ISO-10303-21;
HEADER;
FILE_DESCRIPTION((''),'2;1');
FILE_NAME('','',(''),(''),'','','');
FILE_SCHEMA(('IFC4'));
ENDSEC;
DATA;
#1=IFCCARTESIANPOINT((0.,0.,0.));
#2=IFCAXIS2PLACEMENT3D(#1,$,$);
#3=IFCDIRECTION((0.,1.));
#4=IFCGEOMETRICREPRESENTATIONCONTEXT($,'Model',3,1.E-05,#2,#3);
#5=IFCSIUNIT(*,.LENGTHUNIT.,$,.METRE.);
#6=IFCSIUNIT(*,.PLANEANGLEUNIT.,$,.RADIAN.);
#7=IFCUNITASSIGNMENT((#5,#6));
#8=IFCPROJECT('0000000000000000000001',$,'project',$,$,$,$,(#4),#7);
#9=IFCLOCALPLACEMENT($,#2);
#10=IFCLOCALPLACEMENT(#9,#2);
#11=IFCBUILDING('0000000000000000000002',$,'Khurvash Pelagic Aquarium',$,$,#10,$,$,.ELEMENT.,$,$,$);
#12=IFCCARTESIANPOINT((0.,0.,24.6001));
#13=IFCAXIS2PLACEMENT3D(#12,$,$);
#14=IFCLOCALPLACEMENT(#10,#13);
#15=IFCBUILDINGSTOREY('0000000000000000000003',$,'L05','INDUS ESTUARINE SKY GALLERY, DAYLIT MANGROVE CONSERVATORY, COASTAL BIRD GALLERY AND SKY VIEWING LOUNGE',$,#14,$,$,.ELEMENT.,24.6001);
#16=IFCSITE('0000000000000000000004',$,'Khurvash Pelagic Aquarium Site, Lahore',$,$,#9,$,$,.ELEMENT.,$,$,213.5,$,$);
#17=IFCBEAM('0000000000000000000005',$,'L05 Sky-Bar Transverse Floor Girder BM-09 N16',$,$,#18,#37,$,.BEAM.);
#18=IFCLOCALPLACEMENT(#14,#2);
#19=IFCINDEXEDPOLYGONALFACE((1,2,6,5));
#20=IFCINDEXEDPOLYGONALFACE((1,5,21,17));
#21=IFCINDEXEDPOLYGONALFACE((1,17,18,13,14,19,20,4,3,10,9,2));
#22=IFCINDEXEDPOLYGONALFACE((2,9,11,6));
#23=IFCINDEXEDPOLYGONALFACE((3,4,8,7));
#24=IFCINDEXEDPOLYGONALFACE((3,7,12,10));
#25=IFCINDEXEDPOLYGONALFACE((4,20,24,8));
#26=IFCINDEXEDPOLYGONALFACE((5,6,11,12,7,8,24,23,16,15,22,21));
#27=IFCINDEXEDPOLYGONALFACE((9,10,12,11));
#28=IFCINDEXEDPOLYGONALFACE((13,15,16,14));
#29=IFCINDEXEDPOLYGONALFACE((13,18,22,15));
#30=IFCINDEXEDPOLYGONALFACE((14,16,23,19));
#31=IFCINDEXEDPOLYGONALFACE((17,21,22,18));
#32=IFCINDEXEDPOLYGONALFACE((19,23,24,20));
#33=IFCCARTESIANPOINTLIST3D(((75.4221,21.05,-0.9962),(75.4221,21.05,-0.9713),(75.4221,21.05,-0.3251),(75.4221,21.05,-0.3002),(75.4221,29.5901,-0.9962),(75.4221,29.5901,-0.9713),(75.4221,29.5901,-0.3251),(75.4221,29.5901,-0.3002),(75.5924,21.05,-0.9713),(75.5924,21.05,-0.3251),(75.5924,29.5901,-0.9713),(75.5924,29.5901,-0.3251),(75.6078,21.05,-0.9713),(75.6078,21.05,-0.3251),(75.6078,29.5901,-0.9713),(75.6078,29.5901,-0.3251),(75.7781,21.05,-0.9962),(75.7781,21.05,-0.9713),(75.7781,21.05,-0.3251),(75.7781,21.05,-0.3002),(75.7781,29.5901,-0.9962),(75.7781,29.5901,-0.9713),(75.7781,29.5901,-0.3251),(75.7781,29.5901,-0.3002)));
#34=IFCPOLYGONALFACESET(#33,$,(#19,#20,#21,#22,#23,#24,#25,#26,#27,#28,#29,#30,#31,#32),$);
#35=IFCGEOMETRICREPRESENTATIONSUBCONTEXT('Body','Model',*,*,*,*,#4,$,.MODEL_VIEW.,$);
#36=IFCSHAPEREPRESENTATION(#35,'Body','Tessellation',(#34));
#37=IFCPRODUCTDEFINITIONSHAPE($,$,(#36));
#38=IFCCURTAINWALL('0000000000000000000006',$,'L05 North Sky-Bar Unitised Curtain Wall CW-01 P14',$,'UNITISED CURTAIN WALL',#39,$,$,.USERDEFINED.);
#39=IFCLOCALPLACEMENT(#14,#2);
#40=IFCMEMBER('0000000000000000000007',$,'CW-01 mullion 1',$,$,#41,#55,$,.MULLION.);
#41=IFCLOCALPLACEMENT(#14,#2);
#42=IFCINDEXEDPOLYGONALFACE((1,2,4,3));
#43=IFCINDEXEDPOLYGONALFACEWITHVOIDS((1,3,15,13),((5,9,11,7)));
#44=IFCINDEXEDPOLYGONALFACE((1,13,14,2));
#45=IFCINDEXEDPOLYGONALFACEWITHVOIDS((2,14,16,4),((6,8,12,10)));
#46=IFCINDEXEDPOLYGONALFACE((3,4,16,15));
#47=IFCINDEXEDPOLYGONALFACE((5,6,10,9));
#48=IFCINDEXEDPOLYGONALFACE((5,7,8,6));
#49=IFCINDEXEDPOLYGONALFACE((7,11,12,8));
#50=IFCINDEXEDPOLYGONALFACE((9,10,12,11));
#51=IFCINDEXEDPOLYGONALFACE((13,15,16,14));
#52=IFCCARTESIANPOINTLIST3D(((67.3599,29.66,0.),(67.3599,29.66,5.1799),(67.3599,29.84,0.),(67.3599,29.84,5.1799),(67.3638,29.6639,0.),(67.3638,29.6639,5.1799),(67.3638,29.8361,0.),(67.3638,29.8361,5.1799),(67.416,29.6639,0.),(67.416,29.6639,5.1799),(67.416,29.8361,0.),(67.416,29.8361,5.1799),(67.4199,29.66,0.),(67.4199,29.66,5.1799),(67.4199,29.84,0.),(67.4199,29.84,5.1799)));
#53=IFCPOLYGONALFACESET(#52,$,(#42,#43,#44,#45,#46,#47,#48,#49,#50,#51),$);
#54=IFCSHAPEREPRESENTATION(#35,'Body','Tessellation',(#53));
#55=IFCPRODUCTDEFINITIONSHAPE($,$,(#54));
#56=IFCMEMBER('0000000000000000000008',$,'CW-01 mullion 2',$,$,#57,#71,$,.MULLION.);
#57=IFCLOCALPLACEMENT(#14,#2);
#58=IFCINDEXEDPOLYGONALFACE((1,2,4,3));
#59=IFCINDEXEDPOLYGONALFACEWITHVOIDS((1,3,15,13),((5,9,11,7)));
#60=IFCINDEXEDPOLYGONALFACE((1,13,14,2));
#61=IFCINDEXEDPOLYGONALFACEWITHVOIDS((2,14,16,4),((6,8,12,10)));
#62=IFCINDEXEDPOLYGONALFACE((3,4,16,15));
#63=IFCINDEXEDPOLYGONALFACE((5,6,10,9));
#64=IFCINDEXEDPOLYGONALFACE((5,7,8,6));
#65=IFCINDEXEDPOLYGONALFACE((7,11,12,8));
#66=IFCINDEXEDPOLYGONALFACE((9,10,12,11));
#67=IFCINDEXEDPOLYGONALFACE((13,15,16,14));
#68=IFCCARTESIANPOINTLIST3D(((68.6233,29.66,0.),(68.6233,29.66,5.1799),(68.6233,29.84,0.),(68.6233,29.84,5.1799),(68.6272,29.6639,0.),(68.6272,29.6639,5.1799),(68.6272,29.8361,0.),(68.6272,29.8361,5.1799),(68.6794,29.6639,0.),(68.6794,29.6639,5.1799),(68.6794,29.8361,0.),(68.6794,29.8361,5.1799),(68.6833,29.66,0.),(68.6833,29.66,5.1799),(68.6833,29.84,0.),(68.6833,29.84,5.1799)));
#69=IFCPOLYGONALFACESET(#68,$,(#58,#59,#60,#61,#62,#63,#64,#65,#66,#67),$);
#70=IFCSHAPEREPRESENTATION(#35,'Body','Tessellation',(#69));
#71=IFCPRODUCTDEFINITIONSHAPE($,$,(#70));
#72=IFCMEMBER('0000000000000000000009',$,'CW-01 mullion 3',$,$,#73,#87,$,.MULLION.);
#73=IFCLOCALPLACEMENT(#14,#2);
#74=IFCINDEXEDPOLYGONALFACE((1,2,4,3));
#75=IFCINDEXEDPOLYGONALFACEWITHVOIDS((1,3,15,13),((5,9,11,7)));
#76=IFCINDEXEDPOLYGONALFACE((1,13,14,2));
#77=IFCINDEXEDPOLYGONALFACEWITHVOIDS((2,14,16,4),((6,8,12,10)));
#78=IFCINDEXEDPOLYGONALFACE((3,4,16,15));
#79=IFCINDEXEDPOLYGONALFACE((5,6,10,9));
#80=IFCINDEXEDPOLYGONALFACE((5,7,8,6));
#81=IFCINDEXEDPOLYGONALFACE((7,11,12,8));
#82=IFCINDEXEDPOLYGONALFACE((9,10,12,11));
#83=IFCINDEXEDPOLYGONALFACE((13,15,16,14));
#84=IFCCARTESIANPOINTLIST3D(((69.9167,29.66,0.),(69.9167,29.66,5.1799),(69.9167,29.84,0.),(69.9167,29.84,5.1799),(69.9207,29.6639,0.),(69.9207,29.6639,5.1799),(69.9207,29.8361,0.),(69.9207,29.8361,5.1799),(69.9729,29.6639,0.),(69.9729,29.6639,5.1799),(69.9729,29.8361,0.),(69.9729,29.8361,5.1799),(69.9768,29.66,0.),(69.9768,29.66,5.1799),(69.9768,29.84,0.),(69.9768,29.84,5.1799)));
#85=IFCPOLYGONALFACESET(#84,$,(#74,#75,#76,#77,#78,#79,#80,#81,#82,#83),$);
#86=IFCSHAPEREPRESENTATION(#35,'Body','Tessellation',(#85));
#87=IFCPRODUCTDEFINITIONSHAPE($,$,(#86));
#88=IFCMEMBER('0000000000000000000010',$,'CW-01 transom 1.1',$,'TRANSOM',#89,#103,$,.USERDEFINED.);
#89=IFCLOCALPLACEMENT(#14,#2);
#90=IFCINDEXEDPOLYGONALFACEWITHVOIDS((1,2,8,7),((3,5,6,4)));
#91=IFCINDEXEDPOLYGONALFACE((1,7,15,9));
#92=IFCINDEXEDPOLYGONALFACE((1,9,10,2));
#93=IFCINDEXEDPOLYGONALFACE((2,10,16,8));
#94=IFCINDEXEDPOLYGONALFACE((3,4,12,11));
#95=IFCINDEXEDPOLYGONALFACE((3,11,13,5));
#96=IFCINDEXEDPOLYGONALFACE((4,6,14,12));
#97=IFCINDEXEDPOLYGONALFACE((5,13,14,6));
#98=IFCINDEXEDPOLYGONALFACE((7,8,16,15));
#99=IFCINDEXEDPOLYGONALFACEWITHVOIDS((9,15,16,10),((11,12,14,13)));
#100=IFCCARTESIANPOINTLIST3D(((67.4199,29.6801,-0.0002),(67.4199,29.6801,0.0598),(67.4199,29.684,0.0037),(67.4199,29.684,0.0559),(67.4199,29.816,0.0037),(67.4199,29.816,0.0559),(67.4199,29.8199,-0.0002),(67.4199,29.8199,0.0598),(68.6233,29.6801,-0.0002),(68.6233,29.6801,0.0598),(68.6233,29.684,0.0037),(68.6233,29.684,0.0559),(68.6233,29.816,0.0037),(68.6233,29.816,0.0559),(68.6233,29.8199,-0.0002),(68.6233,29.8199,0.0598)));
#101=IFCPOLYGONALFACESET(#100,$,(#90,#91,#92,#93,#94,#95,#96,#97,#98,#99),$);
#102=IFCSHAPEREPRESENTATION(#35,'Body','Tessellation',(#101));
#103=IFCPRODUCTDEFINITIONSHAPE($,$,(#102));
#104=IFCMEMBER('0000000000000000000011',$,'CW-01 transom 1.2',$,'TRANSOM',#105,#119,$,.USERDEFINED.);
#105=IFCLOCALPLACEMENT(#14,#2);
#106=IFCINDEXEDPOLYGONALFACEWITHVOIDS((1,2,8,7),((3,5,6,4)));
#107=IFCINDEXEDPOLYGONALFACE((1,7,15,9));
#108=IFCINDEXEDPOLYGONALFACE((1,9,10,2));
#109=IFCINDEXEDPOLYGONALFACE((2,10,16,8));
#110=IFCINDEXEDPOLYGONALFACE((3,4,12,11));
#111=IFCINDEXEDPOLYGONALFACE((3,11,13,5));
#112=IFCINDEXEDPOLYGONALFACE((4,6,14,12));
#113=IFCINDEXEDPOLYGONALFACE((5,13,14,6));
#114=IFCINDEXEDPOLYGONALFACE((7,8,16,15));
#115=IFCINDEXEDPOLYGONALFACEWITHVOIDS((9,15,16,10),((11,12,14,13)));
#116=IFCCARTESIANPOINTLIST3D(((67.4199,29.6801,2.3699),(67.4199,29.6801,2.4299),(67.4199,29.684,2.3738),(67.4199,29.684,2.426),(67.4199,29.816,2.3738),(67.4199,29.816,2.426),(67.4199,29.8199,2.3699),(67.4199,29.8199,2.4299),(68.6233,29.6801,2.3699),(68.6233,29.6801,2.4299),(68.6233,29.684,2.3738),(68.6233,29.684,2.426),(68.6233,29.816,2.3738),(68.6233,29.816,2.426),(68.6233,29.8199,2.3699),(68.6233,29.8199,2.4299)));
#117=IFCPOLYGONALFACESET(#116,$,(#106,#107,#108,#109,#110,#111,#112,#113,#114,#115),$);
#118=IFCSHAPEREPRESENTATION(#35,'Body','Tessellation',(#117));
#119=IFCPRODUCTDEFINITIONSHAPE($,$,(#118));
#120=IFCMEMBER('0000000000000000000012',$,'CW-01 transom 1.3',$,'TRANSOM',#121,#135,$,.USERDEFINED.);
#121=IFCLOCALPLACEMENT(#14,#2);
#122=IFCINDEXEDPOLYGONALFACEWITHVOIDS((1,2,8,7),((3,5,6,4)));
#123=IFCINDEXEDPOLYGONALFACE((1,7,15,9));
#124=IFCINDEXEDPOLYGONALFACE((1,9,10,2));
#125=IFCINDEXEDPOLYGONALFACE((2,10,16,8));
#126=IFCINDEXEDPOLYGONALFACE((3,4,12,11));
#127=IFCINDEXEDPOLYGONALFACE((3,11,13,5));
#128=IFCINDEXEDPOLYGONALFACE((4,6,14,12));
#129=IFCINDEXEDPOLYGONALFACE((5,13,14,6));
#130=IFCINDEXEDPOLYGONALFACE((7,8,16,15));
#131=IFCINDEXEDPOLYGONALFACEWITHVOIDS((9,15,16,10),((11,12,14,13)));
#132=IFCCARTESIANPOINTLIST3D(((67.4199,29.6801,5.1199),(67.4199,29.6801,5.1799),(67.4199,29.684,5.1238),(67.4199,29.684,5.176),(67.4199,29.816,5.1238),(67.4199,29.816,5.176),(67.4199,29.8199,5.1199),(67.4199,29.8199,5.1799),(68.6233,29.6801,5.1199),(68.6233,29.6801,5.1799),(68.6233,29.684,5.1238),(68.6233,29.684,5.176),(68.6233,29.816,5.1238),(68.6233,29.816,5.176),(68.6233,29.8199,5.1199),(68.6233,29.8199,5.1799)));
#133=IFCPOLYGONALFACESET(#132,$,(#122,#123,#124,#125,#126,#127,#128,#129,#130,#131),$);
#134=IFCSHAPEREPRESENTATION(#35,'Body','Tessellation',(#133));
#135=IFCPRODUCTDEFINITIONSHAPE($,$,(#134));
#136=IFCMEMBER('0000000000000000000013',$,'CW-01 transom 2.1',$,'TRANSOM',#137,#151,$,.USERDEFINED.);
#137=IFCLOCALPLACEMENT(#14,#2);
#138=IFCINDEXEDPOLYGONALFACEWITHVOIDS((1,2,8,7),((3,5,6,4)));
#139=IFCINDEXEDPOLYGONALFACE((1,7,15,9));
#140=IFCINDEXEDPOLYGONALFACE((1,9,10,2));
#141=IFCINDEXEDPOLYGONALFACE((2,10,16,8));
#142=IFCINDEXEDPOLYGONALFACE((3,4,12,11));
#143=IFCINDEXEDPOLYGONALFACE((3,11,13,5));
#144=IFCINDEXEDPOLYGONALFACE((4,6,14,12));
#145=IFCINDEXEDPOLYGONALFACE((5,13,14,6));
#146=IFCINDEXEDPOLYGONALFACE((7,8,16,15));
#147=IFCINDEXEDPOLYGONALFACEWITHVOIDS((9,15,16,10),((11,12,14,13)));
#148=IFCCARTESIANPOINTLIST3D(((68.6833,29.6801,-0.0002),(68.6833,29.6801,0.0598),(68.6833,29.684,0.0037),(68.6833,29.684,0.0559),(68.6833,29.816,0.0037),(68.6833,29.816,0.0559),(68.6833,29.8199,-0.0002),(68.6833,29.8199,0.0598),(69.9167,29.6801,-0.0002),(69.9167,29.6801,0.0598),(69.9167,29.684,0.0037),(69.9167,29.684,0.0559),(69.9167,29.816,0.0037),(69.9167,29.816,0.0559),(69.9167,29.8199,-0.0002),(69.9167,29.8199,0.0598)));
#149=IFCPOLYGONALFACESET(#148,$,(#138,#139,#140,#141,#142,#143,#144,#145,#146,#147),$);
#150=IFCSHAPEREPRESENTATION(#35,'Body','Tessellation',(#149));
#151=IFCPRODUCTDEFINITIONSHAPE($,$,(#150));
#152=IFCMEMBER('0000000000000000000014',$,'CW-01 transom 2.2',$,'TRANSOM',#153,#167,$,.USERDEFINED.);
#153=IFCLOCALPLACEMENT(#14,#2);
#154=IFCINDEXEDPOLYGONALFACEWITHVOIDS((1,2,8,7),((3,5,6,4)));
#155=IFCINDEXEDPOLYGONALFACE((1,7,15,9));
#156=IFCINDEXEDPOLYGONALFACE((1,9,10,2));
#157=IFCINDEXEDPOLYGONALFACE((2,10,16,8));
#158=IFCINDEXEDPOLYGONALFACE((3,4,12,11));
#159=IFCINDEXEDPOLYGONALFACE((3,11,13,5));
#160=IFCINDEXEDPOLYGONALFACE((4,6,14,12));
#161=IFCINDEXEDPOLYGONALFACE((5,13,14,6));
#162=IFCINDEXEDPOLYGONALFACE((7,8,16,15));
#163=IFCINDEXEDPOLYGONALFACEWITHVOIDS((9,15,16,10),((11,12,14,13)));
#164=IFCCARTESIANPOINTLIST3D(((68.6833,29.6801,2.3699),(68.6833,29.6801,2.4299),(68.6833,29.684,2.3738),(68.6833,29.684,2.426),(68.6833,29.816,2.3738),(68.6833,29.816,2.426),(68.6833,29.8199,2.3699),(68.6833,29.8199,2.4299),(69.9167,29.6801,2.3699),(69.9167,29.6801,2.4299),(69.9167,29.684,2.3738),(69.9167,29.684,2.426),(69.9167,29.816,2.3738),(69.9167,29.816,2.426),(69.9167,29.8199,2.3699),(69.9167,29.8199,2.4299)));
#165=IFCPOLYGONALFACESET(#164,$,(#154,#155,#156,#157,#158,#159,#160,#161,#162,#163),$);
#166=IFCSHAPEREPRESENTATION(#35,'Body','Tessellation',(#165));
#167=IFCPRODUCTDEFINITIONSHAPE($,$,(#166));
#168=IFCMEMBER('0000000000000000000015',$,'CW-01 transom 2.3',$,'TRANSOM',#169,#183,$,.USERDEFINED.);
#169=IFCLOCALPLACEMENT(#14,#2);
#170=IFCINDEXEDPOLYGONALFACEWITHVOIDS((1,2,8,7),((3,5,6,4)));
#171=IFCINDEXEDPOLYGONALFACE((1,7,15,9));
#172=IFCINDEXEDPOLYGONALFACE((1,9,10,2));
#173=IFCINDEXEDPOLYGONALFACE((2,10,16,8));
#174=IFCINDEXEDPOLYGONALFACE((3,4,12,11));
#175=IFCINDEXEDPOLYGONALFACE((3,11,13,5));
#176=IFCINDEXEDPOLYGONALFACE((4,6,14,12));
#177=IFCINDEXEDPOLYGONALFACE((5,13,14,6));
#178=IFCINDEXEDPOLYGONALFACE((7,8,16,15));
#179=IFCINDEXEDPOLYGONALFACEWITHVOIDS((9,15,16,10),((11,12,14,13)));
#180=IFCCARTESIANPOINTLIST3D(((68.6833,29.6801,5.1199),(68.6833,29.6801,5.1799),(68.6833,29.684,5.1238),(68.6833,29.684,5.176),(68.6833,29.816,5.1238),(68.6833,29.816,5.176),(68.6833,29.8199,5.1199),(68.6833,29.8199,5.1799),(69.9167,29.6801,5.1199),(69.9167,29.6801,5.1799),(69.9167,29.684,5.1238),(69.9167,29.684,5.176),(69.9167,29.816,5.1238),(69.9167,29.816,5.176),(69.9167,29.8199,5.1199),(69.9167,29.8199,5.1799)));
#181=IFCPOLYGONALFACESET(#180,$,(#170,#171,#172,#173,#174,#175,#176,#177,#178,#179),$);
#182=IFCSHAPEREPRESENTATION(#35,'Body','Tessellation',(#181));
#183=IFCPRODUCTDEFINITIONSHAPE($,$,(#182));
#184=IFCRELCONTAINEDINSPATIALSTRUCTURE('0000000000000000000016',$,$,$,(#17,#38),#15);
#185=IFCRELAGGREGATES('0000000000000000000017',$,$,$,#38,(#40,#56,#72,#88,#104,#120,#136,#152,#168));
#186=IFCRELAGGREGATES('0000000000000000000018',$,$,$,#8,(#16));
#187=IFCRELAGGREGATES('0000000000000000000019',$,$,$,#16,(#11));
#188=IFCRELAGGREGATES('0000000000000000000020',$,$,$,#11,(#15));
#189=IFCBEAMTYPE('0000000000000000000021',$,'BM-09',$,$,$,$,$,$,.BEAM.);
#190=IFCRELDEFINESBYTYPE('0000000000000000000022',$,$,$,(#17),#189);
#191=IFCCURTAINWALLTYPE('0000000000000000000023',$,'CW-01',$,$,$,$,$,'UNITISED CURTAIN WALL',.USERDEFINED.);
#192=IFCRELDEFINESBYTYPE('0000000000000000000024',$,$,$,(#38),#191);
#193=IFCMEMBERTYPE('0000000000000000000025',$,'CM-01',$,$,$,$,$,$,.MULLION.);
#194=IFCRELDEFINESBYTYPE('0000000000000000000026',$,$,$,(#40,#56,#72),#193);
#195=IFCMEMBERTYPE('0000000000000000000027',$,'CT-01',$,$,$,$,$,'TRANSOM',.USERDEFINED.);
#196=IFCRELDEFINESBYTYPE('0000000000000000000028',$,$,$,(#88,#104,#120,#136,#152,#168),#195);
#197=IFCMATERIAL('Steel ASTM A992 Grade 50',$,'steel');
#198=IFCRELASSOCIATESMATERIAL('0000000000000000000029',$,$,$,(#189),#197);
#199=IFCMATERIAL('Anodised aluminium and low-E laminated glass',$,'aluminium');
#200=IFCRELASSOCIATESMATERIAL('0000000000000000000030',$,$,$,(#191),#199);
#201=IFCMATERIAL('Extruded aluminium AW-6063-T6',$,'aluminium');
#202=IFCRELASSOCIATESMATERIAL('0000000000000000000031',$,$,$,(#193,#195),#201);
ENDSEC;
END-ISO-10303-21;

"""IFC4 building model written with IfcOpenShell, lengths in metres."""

from ifc_helpers import new_model, si_unit, direction, frame, origin, origin_2d, place, context, subcontext, project, spatial, hollow_rectangle, i_section, extrude, material, material_profile, profile_set, type_object, element, aggregate, save


model = new_model("IFC4")

# Units and contexts
model_context = context("Model", 3, precision=1e-05, world=origin(), true_north=direction((0.0, 1.0)))
body_context = subcontext(model_context, "Body", "Model", "MODEL_VIEW")
ifc_project = project(units=[si_unit("LENGTHUNIT", "METRE"), si_unit("PLANEANGLEUNIT", "RADIAN")], contexts=[model_context])

# Site, building, storey
site_placement = place(None, origin())
site = spatial("IfcSite", under=ifc_project, at=site_placement, Name="Khurvash Pelagic Aquarium Site, Lahore", CompositionType="ELEMENT", RefElevation=213.5)
building_placement = place(site_placement, origin())
building = spatial("IfcBuilding", under=site, at=building_placement, Name="Khurvash Pelagic Aquarium", CompositionType="ELEMENT")
storey_placement = place(building_placement, frame((0.0, 0.0, 24.6001)))
storey = spatial("IfcBuildingStorey", under=building, at=storey_placement, Name="L05", Description="INDUS ESTUARINE SKY GALLERY, DAYLIT MANGROVE CONSERVATORY, COASTAL BIRD GALLERY AND SKY VIEWING LOUNGE", CompositionType="ELEMENT", Elevation=24.6001)

# Beam
ifc_material_1 = material(Name="Steel ASTM A992 Grade 50", Category="steel")
ifc_material_profile_1 = material_profile(ifc_material_1, i_section(OverallWidth=0.356, OverallDepth=0.696, WebThickness=0.0154, FlangeThickness=0.0249, at=origin_2d()), Name="W27X146")
ifc_profile_set_1 = profile_set([ifc_material_profile_1], Name="Steel ASTM A992 Grade 50")
beam_type_1 = type_object("IfcBeamType", Name="BM-09", PredefinedType="BEAM", material=ifc_profile_set_1)
beam_placement = place(storey_placement, frame((75.6001, 21.05, -0.6482), z_axis=(0.0, 1.0, 0.0), x_axis=(-1.0, 0.0, 0.0)))
element("IfcBeam", 1, at=beam_placement, inside=storey, type_object=beam_type_1, Name="L05 Sky-Bar Transverse Floor Girder BM-09 N16", PredefinedType="BEAM", context=body_context, shape_type="SweptSolid", body=[
    extrude(i_section(OverallWidth=0.356, OverallDepth=0.696, WebThickness=0.0154, FlangeThickness=0.0249, at=origin_2d()), origin(), (0.0, 0.0, 1.0), 8.54),
])

# Curtain wall, members
ifc_material_2 = material(Name="Anodised aluminium and low-E laminated glass", Category="aluminium")
curtain_wall_type = type_object("IfcCurtainWallType", Name="CW-01", ElementType="UNITISED CURTAIN WALL", PredefinedType="USERDEFINED", material=ifc_material_2)
curtain_wall_placement = place(storey_placement, origin())
curtain_wall = element("IfcCurtainWall", 2, at=curtain_wall_placement, inside=storey, type_object=curtain_wall_type, Name="L05 North Sky-Bar Unitised Curtain Wall CW-01 P14", ObjectType="UNITISED CURTAIN WALL", PredefinedType="USERDEFINED")
ifc_material_3 = material(Name="Extruded aluminium AW-6063-T6", Category="aluminium")
ifc_material_profile_2 = material_profile(ifc_material_3, hollow_rectangle(XDim=0.0601, YDim=0.1799, WallThickness=0.0039, at=origin_2d()), Name="CWM60X180X4")
ifc_profile_set_2 = profile_set([ifc_material_profile_2], Name="Extruded aluminium AW-6063-T6")
member_type_1 = type_object("IfcMemberType", Name="CM-01", PredefinedType="MULLION", material=ifc_profile_set_2)
member_1_placement = place(storey_placement, frame((67.3899, 29.75, 0.0), z_axis=(0.0, 0.0, 1.0), x_axis=(1.0, 0.0, 0.0)))
member_1 = element("IfcMember", 3, at=member_1_placement, type_object=member_type_1, Name="CW-01 mullion 1", PredefinedType="MULLION", context=body_context, shape_type="SweptSolid", body=[
    extrude(hollow_rectangle(XDim=0.0601, YDim=0.1799, WallThickness=0.0039, at=origin_2d()), origin(), (0.0, 0.0, 1.0), 5.1799),
])
member_2_placement = place(storey_placement, frame((68.6533, 29.75, 0.0), z_axis=(0.0, 0.0, 1.0), x_axis=(1.0, 0.0, 0.0)))
member_2 = element("IfcMember", 4, at=member_2_placement, type_object=member_type_1, Name="CW-01 mullion 2", PredefinedType="MULLION", context=body_context, shape_type="SweptSolid", body=[
    extrude(hollow_rectangle(XDim=0.0601, YDim=0.1799, WallThickness=0.0039, at=origin_2d()), origin(), (0.0, 0.0, 1.0), 5.1799),
])
member_3_placement = place(storey_placement, frame((69.9468, 29.75, 0.0), z_axis=(0.0, 0.0, 1.0), x_axis=(1.0, 0.0, 0.0)))
member_3 = element("IfcMember", 5, at=member_3_placement, type_object=member_type_1, Name="CW-01 mullion 3", PredefinedType="MULLION", context=body_context, shape_type="SweptSolid", body=[
    extrude(hollow_rectangle(XDim=0.0601, YDim=0.1799, WallThickness=0.0039, at=origin_2d()), origin(), (0.0, 0.0, 1.0), 5.1799),
])
ifc_material_profile_3 = material_profile(ifc_material_3, hollow_rectangle(XDim=0.1399, YDim=0.0601, WallThickness=0.0039, at=origin_2d()), Name="CWT140X60X4")
ifc_profile_set_3 = profile_set([ifc_material_profile_3], Name="Extruded aluminium AW-6063-T6")
member_type_2 = type_object("IfcMemberType", Name="CT-01", ElementType="TRANSOM", PredefinedType="USERDEFINED", material=ifc_profile_set_3)
member_4_placement = place(storey_placement, frame((67.4199, 29.75, 0.0298), z_axis=(1.0, 0.0, 0.0), x_axis=(0.0, 1.0, 0.0)))
member_4 = element("IfcMember", 6, at=member_4_placement, type_object=member_type_2, Name="CW-01 transom 1.1", ObjectType="TRANSOM", PredefinedType="USERDEFINED", context=body_context, shape_type="SweptSolid", body=[
    extrude(hollow_rectangle(XDim=0.1399, YDim=0.0601, WallThickness=0.0039, at=origin_2d()), origin(), (0.0, 0.0, 1.0), 1.2034),
])
member_5_placement = place(storey_placement, frame((67.4199, 29.75, 2.3999), z_axis=(1.0, 0.0, 0.0), x_axis=(0.0, 1.0, 0.0)))
member_5 = element("IfcMember", 7, at=member_5_placement, type_object=member_type_2, Name="CW-01 transom 1.2", ObjectType="TRANSOM", PredefinedType="USERDEFINED", context=body_context, shape_type="SweptSolid", body=[
    extrude(hollow_rectangle(XDim=0.1399, YDim=0.0601, WallThickness=0.0039, at=origin_2d()), origin(), (0.0, 0.0, 1.0), 1.2034),
])
member_6_placement = place(storey_placement, frame((67.4199, 29.75, 5.1499), z_axis=(1.0, 0.0, 0.0), x_axis=(0.0, 1.0, 0.0)))
member_6 = element("IfcMember", 8, at=member_6_placement, type_object=member_type_2, Name="CW-01 transom 1.3", ObjectType="TRANSOM", PredefinedType="USERDEFINED", context=body_context, shape_type="SweptSolid", body=[
    extrude(hollow_rectangle(XDim=0.1399, YDim=0.0601, WallThickness=0.0039, at=origin_2d()), origin(), (0.0, 0.0, 1.0), 1.2034),
])
member_7_placement = place(storey_placement, frame((68.6833, 29.75, 0.0298), z_axis=(1.0, 0.0, 0.0), x_axis=(0.0, 1.0, 0.0)))
member_7 = element("IfcMember", 9, at=member_7_placement, type_object=member_type_2, Name="CW-01 transom 2.1", ObjectType="TRANSOM", PredefinedType="USERDEFINED", context=body_context, shape_type="SweptSolid", body=[
    extrude(hollow_rectangle(XDim=0.1399, YDim=0.0601, WallThickness=0.0039, at=origin_2d()), origin(), (0.0, 0.0, 1.0), 1.2334),
])
member_8_placement = place(storey_placement, frame((68.6833, 29.75, 2.3999), z_axis=(1.0, 0.0, 0.0), x_axis=(0.0, 1.0, 0.0)))
member_8 = element("IfcMember", 10, at=member_8_placement, type_object=member_type_2, Name="CW-01 transom 2.2", ObjectType="TRANSOM", PredefinedType="USERDEFINED", context=body_context, shape_type="SweptSolid", body=[
    extrude(hollow_rectangle(XDim=0.1399, YDim=0.0601, WallThickness=0.0039, at=origin_2d()), origin(), (0.0, 0.0, 1.0), 1.2334),
])
member_9_placement = place(storey_placement, frame((68.6833, 29.75, 5.1499), z_axis=(1.0, 0.0, 0.0), x_axis=(0.0, 1.0, 0.0)))
member_9 = element("IfcMember", 11, at=member_9_placement, type_object=member_type_2, Name="CW-01 transom 2.3", ObjectType="TRANSOM", PredefinedType="USERDEFINED", context=body_context, shape_type="SweptSolid", body=[
    extrude(hollow_rectangle(XDim=0.1399, YDim=0.0601, WallThickness=0.0039, at=origin_2d()), origin(), (0.0, 0.0, 1.0), 1.2334),
])

aggregate(curtain_wall, [member_1, member_2, member_3, member_4, member_5, member_6, member_7, member_8, member_9])

save(model, "model.ifc")
